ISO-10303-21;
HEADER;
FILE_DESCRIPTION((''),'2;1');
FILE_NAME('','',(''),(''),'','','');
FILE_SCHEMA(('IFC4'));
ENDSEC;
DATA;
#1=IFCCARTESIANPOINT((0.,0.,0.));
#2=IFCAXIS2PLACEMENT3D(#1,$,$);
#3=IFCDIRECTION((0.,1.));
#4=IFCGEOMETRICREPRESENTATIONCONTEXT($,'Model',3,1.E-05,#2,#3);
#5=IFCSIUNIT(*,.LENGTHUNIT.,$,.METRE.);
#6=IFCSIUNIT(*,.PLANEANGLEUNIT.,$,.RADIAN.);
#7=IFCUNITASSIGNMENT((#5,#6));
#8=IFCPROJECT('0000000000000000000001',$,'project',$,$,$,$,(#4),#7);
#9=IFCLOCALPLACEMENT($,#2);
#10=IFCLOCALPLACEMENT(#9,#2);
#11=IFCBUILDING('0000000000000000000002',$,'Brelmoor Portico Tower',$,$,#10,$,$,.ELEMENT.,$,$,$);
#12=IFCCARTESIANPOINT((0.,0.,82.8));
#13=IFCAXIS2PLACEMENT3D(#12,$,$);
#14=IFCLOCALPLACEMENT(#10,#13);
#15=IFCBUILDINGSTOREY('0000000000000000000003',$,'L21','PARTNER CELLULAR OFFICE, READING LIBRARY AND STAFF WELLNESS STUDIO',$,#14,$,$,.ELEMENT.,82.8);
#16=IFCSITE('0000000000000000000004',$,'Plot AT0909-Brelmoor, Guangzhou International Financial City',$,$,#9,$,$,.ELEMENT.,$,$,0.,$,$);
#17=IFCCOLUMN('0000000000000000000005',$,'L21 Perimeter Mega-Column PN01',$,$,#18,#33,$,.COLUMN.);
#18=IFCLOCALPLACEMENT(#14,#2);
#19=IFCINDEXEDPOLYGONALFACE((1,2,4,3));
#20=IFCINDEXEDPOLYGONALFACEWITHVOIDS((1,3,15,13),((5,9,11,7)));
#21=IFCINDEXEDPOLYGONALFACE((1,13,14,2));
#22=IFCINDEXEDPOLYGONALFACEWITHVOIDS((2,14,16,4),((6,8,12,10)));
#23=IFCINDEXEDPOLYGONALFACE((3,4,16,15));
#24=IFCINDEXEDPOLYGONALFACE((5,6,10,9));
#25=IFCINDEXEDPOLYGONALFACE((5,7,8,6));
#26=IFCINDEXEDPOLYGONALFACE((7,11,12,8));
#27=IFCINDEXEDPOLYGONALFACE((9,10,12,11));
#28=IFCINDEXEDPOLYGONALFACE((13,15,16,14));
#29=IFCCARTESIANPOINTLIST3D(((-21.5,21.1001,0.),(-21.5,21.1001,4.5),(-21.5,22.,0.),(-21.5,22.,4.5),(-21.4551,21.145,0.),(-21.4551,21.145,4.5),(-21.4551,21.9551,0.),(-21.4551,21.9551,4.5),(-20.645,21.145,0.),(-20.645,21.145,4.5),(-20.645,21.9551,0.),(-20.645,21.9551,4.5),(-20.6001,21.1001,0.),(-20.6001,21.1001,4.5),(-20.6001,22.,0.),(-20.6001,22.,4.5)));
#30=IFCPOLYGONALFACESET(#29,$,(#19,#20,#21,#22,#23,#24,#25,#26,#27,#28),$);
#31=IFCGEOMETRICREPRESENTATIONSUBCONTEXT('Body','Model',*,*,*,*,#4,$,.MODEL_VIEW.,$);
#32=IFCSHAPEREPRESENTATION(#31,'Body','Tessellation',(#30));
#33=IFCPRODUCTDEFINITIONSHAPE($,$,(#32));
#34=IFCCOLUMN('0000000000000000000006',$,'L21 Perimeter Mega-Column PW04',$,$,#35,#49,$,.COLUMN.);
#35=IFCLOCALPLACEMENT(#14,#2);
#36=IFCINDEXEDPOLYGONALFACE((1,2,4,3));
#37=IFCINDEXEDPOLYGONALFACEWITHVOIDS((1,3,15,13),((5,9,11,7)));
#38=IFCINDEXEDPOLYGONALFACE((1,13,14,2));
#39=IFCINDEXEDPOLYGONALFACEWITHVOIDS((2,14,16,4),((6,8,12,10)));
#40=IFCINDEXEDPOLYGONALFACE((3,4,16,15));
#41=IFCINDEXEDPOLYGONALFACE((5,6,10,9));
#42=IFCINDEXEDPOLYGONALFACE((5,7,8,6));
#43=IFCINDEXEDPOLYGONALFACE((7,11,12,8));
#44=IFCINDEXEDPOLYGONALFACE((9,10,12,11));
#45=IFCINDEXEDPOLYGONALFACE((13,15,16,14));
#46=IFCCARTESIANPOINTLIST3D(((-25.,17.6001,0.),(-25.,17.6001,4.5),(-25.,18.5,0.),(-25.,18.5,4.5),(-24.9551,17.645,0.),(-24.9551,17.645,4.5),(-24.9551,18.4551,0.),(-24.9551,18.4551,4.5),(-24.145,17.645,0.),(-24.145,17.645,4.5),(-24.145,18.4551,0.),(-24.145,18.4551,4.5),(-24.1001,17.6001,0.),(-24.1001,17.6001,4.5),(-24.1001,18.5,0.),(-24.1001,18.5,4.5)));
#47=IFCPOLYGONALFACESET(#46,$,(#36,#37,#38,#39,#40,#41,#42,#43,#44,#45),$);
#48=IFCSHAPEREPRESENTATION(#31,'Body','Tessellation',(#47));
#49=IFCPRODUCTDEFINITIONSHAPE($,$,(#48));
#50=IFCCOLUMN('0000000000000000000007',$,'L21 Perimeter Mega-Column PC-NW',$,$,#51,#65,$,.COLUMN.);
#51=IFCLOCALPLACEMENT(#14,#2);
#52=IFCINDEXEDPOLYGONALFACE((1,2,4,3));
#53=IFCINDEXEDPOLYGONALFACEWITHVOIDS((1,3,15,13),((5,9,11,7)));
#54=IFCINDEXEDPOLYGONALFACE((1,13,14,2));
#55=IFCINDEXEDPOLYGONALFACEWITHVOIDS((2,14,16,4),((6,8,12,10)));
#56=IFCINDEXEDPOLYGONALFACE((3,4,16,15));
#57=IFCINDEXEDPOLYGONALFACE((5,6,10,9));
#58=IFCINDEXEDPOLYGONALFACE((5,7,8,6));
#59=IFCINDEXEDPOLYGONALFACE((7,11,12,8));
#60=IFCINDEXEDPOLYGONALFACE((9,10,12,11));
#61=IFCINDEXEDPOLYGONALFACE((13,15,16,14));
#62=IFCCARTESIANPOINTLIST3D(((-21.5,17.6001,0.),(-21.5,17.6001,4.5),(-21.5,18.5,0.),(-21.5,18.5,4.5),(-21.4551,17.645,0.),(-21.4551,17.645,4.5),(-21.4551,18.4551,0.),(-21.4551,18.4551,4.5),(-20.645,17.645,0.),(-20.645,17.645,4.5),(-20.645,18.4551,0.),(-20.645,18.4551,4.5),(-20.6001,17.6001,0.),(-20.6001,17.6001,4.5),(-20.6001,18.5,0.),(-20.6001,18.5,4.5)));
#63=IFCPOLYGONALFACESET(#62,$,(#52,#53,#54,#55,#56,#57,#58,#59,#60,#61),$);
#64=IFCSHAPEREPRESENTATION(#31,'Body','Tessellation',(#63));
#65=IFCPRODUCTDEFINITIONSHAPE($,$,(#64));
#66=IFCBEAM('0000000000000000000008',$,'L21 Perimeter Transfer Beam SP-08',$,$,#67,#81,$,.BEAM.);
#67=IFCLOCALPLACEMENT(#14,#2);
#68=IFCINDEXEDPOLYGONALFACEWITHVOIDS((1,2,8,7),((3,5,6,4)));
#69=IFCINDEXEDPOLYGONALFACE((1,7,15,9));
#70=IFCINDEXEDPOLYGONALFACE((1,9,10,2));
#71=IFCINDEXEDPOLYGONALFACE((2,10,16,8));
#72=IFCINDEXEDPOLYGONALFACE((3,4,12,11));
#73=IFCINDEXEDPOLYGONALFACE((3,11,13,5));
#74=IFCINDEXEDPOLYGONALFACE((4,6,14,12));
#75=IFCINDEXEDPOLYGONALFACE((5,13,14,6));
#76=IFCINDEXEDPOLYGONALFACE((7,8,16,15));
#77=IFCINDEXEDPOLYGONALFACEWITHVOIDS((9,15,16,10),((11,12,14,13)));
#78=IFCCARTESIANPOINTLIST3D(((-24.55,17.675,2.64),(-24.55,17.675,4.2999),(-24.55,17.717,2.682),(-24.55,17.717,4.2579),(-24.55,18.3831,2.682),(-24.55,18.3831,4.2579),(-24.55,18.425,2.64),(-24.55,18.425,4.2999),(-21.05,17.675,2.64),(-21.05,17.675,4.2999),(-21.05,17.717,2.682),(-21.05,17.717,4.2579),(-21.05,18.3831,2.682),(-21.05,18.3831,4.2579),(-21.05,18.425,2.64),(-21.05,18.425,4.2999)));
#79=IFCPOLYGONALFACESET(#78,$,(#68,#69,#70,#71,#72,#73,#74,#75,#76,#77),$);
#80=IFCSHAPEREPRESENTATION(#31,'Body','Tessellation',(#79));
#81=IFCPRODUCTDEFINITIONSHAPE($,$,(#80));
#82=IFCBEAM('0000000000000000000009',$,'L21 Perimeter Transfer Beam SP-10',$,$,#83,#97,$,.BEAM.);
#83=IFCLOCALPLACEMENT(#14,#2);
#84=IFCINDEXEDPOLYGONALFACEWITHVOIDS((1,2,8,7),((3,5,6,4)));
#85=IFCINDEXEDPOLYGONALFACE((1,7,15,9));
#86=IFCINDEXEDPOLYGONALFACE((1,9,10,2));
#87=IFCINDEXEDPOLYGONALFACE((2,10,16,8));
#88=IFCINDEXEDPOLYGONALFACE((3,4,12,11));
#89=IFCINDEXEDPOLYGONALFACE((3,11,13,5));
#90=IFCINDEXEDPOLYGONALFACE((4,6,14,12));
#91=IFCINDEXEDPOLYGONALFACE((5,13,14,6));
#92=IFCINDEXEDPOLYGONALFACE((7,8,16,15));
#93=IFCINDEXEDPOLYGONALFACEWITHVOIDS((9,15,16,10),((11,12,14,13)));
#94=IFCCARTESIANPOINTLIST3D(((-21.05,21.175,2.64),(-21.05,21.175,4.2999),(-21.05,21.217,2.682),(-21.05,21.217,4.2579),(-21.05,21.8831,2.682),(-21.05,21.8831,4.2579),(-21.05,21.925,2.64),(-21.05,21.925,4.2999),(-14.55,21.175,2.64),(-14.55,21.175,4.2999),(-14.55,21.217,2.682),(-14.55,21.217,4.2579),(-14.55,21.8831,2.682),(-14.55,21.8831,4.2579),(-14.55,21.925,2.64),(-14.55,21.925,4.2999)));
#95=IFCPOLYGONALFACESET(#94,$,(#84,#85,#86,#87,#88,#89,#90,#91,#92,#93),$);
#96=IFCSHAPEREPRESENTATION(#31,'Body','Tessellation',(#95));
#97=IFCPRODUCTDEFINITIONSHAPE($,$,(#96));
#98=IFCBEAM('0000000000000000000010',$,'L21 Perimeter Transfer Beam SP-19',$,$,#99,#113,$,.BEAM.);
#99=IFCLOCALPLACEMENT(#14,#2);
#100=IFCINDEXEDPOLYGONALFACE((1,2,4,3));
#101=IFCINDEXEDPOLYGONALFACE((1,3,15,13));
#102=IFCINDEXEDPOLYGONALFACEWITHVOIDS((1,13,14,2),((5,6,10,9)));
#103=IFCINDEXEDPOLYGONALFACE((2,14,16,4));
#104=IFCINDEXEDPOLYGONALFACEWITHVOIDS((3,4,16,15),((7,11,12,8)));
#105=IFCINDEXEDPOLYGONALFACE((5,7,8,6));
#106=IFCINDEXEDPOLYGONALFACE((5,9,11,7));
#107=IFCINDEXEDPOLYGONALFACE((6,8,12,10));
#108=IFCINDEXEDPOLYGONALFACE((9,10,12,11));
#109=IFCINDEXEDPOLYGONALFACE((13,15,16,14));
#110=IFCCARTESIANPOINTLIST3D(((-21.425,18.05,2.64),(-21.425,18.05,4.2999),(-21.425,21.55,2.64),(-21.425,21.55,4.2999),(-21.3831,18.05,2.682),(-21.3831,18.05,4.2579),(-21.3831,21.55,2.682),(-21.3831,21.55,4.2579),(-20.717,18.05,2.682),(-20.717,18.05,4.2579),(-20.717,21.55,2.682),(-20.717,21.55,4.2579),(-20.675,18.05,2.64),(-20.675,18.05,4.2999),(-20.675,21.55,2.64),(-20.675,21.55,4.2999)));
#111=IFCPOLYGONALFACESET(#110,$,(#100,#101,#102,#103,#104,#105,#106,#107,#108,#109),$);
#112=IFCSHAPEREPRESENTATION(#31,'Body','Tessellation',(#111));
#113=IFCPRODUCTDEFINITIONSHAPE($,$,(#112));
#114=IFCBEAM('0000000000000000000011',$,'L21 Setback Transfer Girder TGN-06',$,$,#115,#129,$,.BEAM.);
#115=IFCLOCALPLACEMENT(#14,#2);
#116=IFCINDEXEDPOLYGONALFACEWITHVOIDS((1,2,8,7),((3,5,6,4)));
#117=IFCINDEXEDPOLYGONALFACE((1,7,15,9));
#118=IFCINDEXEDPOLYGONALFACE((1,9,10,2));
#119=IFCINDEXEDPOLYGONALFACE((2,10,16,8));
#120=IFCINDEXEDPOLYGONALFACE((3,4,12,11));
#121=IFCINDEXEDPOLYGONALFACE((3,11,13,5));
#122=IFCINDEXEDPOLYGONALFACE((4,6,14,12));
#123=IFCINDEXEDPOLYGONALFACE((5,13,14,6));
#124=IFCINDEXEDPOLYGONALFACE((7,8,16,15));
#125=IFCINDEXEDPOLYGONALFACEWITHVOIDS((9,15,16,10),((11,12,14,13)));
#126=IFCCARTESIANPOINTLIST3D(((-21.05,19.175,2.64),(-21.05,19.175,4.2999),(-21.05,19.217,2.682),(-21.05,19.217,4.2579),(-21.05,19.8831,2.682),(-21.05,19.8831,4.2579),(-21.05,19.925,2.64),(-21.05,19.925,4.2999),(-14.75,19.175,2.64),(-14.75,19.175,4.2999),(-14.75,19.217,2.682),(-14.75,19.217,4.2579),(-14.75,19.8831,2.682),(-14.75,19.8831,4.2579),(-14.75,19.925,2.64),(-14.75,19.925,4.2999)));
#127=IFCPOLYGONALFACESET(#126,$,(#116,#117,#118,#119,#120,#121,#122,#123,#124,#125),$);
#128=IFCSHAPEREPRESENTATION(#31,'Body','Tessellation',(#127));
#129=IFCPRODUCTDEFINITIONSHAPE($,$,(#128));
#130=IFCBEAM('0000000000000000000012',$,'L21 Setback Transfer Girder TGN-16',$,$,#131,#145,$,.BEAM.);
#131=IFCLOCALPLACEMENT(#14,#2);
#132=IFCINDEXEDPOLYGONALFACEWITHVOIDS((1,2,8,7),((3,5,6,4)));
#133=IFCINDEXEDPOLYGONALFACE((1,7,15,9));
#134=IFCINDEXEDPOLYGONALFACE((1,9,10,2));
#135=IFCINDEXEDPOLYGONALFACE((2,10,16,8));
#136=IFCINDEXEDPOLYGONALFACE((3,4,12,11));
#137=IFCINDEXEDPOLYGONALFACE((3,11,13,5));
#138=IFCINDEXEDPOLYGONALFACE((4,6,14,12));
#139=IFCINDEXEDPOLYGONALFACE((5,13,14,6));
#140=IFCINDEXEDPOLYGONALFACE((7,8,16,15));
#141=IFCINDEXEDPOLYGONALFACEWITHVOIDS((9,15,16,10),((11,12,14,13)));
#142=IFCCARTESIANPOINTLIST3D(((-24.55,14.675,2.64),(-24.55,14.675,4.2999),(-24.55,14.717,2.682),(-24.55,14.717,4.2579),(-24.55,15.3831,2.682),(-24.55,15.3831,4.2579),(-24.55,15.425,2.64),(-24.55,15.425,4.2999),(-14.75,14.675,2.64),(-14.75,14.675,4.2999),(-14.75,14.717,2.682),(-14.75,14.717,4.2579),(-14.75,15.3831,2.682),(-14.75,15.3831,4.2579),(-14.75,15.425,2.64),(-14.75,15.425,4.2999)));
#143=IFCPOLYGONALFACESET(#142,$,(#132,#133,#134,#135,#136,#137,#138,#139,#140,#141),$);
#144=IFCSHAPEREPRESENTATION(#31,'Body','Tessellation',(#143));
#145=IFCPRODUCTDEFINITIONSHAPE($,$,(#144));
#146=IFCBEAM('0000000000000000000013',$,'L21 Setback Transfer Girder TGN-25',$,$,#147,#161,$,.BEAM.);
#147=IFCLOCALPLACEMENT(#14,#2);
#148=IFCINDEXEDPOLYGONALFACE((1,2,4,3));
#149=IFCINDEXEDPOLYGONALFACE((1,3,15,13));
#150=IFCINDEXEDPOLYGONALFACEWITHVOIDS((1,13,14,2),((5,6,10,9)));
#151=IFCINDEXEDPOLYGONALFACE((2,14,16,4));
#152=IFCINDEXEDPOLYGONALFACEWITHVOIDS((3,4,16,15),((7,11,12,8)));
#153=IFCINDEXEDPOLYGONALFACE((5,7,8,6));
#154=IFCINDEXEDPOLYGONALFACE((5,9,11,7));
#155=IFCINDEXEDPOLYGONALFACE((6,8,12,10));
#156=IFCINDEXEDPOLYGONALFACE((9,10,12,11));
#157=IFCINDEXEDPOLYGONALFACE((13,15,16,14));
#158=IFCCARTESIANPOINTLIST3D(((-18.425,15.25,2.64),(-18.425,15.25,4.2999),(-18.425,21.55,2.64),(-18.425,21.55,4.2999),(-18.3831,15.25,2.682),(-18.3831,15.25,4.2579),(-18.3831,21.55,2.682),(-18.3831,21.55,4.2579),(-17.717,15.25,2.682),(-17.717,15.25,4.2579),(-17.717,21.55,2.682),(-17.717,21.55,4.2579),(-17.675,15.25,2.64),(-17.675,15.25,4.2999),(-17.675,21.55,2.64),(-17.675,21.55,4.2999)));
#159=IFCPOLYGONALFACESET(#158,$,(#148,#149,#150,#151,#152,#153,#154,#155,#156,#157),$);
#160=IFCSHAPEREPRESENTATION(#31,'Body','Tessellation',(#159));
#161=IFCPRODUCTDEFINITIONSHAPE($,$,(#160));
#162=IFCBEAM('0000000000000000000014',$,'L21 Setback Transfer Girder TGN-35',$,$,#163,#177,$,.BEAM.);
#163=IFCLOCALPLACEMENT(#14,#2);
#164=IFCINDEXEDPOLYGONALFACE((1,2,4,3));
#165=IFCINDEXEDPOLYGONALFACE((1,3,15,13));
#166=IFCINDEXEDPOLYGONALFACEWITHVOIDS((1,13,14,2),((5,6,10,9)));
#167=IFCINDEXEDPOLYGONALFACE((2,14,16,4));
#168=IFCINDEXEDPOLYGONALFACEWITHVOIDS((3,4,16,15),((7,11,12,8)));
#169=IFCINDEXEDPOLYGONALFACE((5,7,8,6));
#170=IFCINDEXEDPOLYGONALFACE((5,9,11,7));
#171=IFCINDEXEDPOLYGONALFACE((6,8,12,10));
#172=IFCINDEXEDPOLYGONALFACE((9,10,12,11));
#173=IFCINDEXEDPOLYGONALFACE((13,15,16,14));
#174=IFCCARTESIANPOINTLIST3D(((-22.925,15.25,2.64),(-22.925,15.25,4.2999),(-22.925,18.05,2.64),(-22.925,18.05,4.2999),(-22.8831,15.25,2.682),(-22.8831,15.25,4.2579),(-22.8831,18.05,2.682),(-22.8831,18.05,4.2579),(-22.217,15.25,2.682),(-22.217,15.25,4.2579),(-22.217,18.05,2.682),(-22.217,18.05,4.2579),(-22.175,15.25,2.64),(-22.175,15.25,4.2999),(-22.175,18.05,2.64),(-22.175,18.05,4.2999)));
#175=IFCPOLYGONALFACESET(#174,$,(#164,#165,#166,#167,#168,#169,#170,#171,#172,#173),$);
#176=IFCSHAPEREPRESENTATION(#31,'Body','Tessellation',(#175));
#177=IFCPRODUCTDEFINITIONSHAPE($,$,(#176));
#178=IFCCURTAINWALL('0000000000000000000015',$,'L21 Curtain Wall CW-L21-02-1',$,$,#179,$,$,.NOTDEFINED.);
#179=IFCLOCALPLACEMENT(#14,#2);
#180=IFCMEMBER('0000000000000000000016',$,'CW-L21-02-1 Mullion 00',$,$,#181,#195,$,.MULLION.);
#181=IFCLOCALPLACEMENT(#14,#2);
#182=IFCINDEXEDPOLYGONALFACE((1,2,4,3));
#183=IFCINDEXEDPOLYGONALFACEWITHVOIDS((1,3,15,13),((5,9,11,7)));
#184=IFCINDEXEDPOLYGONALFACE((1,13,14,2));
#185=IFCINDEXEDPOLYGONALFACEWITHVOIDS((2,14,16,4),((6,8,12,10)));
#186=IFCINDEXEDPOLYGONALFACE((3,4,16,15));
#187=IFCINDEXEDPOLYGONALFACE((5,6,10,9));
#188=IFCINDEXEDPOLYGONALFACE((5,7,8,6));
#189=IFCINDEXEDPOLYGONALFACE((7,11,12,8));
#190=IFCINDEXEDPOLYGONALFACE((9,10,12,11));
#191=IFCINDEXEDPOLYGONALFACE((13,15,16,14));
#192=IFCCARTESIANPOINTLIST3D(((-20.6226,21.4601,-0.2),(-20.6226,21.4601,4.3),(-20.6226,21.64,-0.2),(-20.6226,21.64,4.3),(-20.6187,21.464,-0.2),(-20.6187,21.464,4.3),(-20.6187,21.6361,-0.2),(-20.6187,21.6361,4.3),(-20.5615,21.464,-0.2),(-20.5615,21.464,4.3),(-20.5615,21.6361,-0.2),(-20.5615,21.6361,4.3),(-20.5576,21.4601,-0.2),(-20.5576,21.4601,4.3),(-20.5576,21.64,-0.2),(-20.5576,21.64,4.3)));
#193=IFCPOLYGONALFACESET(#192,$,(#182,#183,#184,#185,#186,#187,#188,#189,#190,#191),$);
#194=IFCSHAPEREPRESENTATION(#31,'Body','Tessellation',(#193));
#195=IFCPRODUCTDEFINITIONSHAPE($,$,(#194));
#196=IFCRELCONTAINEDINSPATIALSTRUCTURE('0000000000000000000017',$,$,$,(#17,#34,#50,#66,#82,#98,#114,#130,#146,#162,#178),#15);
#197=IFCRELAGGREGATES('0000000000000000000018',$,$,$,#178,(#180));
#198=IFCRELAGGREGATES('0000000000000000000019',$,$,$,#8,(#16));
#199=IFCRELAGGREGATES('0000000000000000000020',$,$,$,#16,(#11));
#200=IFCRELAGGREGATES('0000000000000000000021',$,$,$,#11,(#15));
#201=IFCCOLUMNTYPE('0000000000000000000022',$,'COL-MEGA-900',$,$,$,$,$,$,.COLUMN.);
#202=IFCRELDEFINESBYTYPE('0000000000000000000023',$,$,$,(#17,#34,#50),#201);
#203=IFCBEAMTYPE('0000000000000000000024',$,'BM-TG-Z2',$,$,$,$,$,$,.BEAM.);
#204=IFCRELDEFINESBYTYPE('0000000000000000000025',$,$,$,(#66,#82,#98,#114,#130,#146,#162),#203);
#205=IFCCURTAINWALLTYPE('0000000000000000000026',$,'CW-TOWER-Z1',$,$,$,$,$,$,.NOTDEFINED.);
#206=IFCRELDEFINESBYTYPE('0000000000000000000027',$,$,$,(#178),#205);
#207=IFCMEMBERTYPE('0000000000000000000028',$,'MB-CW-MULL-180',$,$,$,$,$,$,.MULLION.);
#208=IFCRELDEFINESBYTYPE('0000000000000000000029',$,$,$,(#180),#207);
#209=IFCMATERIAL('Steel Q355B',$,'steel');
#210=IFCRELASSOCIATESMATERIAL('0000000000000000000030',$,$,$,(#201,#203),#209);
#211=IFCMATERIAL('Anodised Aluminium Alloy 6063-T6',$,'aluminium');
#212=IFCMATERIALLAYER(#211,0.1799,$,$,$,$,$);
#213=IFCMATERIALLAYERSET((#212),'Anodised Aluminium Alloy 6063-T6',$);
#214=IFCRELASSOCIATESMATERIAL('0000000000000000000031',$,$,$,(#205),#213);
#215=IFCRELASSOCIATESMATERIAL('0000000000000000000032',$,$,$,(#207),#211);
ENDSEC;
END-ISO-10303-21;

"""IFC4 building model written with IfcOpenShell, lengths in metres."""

from ifc_helpers import new_model, si_unit, direction, frame, origin, origin_2d, place, context, subcontext, project, spatial, hollow_rectangle, extrude, material, layer, layer_set, material_profile, profile_set, type_object, element, aggregate, save


model = new_model("IFC4")

# Units and contexts
model_context = context("Model", 3, precision=1e-05, world=origin(), true_north=direction((0.0, 1.0)))
body_context = subcontext(model_context, "Body", "Model", "MODEL_VIEW")
ifc_project = project(units=[si_unit("LENGTHUNIT", "METRE"), si_unit("PLANEANGLEUNIT", "RADIAN")], contexts=[model_context])

# Site, building, storey
site_placement = place(None, origin())
site = spatial("IfcSite", under=ifc_project, at=site_placement, Name="Plot AT0909-Brelmoor, Guangzhou International Financial City", CompositionType="ELEMENT", RefElevation=0.0)
building_placement = place(site_placement, origin())
building = spatial("IfcBuilding", under=site, at=building_placement, Name="Brelmoor Portico Tower", CompositionType="ELEMENT")
storey_placement = place(building_placement, frame((0.0, 0.0, 82.8)))
storey = spatial("IfcBuildingStorey", under=building, at=storey_placement, Name="L21", Description="PARTNER CELLULAR OFFICE, READING LIBRARY AND STAFF WELLNESS STUDIO", CompositionType="ELEMENT", Elevation=82.8)

# Columns
ifc_material_1 = material(Name="Steel Q355B", Category="steel")
ifc_material_profile_1 = material_profile(ifc_material_1, hollow_rectangle(XDim=0.8999, YDim=0.8999, WallThickness=0.0449, at=origin_2d()), Name="BOX 900x900x45")
ifc_profile_set_1 = profile_set([ifc_material_profile_1], Name="Steel Q355B")
column_type = type_object("IfcColumnType", Name="COL-MEGA-900", PredefinedType="COLUMN", material=ifc_profile_set_1)
for number, where, z_axis, x_axis, name in (
    (1, (-21.05, 21.55, 0.0), (0.0, 0.0, 1.0), (1.0, 0.0, 0.0), "L21 Perimeter Mega-Column PN01"),
    (2, (-24.55, 18.05, 0.0), (0.0, 0.0, 1.0), (0.0, 1.0, 0.0), "L21 Perimeter Mega-Column PW04"),
    (3, (-21.05, 18.05, 0.0), (0.0, 0.0, 1.0), (1.0, 0.0, 0.0), "L21 Perimeter Mega-Column PC-NW"),
):
    element("IfcColumn", number, at=place(storey_placement, frame(where, z_axis=z_axis, x_axis=x_axis)), inside=storey, type_object=column_type, Name=name, PredefinedType="COLUMN", context=body_context, shape_type="SweptSolid", body=[
        extrude(hollow_rectangle(XDim=0.8999, YDim=0.8999, WallThickness=0.0449, at=origin_2d()), origin(), (0.0, 0.0, 1.0), 4.5),
    ])

# Beams
ifc_material_profile_2 = material_profile(ifc_material_1, hollow_rectangle(XDim=0.75, YDim=1.6599, WallThickness=0.042, at=origin_2d()), Name="BOX 750x1660x42")
ifc_profile_set_2 = profile_set([ifc_material_profile_2], Name="Steel Q355B")
beam_type = type_object("IfcBeamType", Name="BM-TG-Z2", PredefinedType="BEAM", material=ifc_profile_set_2)
beam_1_placement = place(storey_placement, frame((-24.55, 18.05, 3.47), z_axis=(1.0, 0.0, 0.0), x_axis=(0.0, 1.0, 0.0)))
element("IfcBeam", 4, at=beam_1_placement, inside=storey, type_object=beam_type, Name="L21 Perimeter Transfer Beam SP-08", PredefinedType="BEAM", context=body_context, shape_type="SweptSolid", body=[
    extrude(hollow_rectangle(XDim=0.75, YDim=1.6599, WallThickness=0.042, at=origin_2d()), origin(), (0.0, 0.0, 1.0), 3.5),
])
beam_2_placement = place(storey_placement, frame((-21.05, 21.55, 3.47), z_axis=(1.0, 0.0, 0.0), x_axis=(0.0, 1.0, 0.0)))
element("IfcBeam", 5, at=beam_2_placement, inside=storey, type_object=beam_type, Name="L21 Perimeter Transfer Beam SP-10", PredefinedType="BEAM", context=body_context, shape_type="SweptSolid", body=[
    extrude(hollow_rectangle(XDim=0.75, YDim=1.6599, WallThickness=0.042, at=origin_2d()), origin(), (0.0, 0.0, 1.0), 6.5),
])
beam_3_placement = place(storey_placement, frame((-21.05, 18.05, 3.47), z_axis=(0.0, 1.0, 0.0), x_axis=(-1.0, 0.0, 0.0)))
element("IfcBeam", 6, at=beam_3_placement, inside=storey, type_object=beam_type, Name="L21 Perimeter Transfer Beam SP-19", PredefinedType="BEAM", context=body_context, shape_type="SweptSolid", body=[
    extrude(hollow_rectangle(XDim=0.75, YDim=1.6599, WallThickness=0.042, at=origin_2d()), origin(), (0.0, 0.0, 1.0), 3.5),
])
beam_4_placement = place(storey_placement, frame((-21.05, 19.55, 3.47), z_axis=(1.0, 0.0, 0.0), x_axis=(0.0, 1.0, 0.0)))
element("IfcBeam", 7, at=beam_4_placement, inside=storey, type_object=beam_type, Name="L21 Setback Transfer Girder TGN-06", PredefinedType="BEAM", context=body_context, shape_type="SweptSolid", body=[
    extrude(hollow_rectangle(XDim=0.75, YDim=1.6599, WallThickness=0.042, at=origin_2d()), origin(), (0.0, 0.0, 1.0), 6.3),
])
beam_5_placement = place(storey_placement, frame((-24.55, 15.05, 3.47), z_axis=(1.0, 0.0, 0.0), x_axis=(0.0, 1.0, 0.0)))
element("IfcBeam", 8, at=beam_5_placement, inside=storey, type_object=beam_type, Name="L21 Setback Transfer Girder TGN-16", PredefinedType="BEAM", context=body_context, shape_type="SweptSolid", body=[
    extrude(hollow_rectangle(XDim=0.75, YDim=1.6599, WallThickness=0.042, at=origin_2d()), origin(), (0.0, 0.0, 1.0), 9.8),
])
beam_6_placement = place(storey_placement, frame((-18.05, 15.25, 3.47), z_axis=(0.0, 1.0, 0.0), x_axis=(-1.0, 0.0, 0.0)))
element("IfcBeam", 9, at=beam_6_placement, inside=storey, type_object=beam_type, Name="L21 Setback Transfer Girder TGN-25", PredefinedType="BEAM", context=body_context, shape_type="SweptSolid", body=[
    extrude(hollow_rectangle(XDim=0.75, YDim=1.6599, WallThickness=0.042, at=origin_2d()), origin(), (0.0, 0.0, 1.0), 6.3),
])
beam_7_placement = place(storey_placement, frame((-22.55, 15.25, 3.47), z_axis=(0.0, 1.0, 0.0), x_axis=(-1.0, 0.0, 0.0)))
element("IfcBeam", 10, at=beam_7_placement, inside=storey, type_object=beam_type, Name="L21 Setback Transfer Girder TGN-35", PredefinedType="BEAM", context=body_context, shape_type="SweptSolid", body=[
    extrude(hollow_rectangle(XDim=0.75, YDim=1.6599, WallThickness=0.042, at=origin_2d()), origin(), (0.0, 0.0, 1.0), 2.8),
])

# Curtain wall, member
ifc_material_2 = material(Name="Anodised Aluminium Alloy 6063-T6", Category="aluminium")
ifc_layer_1 = layer(ifc_material_2, 0.1799)
ifc_layer_set_1 = layer_set([ifc_layer_1], Name="Anodised Aluminium Alloy 6063-T6")
curtain_wall_type = type_object("IfcCurtainWallType", Name="CW-TOWER-Z1", PredefinedType="NOTDEFINED", material=ifc_layer_set_1)
curtain_wall_1_placement = place(storey_placement, origin())
curtain_wall_1 = element("IfcCurtainWall", 11, at=curtain_wall_1_placement, inside=storey, type_object=curtain_wall_type, Name="L21 Curtain Wall CW-L21-02-1", PredefinedType="NOTDEFINED")
ifc_material_profile_3 = material_profile(ifc_material_2, hollow_rectangle(XDim=0.0649, YDim=0.1799, WallThickness=0.0039, at=origin_2d()), Name="ALU MULLION 65x180")
ifc_profile_set_3 = profile_set([ifc_material_profile_3], Name="Anodised Aluminium Alloy 6063-T6")
member_type_1 = type_object("IfcMemberType", Name="MB-CW-MULL-180", PredefinedType="MULLION", material=ifc_profile_set_3)
member_1_placement = place(storey_placement, frame((-20.5901, 21.55, -0.2), z_axis=(0.0, 0.0, 1.0), x_axis=(1.0, 0.0, 0.0)))
member_1 = element("IfcMember", 12, at=member_1_placement, type_object=member_type_1, Name="CW-L21-02-1 Mullion 00", PredefinedType="MULLION", context=body_context, shape_type="SweptSolid", body=[
    extrude(hollow_rectangle(XDim=0.0649, YDim=0.1799, WallThickness=0.0039, at=origin_2d()), origin(), (0.0, 0.0, 1.0), 4.5),
])

aggregate(curtain_wall_1, [member_1])

save(model, "model.ifc")
